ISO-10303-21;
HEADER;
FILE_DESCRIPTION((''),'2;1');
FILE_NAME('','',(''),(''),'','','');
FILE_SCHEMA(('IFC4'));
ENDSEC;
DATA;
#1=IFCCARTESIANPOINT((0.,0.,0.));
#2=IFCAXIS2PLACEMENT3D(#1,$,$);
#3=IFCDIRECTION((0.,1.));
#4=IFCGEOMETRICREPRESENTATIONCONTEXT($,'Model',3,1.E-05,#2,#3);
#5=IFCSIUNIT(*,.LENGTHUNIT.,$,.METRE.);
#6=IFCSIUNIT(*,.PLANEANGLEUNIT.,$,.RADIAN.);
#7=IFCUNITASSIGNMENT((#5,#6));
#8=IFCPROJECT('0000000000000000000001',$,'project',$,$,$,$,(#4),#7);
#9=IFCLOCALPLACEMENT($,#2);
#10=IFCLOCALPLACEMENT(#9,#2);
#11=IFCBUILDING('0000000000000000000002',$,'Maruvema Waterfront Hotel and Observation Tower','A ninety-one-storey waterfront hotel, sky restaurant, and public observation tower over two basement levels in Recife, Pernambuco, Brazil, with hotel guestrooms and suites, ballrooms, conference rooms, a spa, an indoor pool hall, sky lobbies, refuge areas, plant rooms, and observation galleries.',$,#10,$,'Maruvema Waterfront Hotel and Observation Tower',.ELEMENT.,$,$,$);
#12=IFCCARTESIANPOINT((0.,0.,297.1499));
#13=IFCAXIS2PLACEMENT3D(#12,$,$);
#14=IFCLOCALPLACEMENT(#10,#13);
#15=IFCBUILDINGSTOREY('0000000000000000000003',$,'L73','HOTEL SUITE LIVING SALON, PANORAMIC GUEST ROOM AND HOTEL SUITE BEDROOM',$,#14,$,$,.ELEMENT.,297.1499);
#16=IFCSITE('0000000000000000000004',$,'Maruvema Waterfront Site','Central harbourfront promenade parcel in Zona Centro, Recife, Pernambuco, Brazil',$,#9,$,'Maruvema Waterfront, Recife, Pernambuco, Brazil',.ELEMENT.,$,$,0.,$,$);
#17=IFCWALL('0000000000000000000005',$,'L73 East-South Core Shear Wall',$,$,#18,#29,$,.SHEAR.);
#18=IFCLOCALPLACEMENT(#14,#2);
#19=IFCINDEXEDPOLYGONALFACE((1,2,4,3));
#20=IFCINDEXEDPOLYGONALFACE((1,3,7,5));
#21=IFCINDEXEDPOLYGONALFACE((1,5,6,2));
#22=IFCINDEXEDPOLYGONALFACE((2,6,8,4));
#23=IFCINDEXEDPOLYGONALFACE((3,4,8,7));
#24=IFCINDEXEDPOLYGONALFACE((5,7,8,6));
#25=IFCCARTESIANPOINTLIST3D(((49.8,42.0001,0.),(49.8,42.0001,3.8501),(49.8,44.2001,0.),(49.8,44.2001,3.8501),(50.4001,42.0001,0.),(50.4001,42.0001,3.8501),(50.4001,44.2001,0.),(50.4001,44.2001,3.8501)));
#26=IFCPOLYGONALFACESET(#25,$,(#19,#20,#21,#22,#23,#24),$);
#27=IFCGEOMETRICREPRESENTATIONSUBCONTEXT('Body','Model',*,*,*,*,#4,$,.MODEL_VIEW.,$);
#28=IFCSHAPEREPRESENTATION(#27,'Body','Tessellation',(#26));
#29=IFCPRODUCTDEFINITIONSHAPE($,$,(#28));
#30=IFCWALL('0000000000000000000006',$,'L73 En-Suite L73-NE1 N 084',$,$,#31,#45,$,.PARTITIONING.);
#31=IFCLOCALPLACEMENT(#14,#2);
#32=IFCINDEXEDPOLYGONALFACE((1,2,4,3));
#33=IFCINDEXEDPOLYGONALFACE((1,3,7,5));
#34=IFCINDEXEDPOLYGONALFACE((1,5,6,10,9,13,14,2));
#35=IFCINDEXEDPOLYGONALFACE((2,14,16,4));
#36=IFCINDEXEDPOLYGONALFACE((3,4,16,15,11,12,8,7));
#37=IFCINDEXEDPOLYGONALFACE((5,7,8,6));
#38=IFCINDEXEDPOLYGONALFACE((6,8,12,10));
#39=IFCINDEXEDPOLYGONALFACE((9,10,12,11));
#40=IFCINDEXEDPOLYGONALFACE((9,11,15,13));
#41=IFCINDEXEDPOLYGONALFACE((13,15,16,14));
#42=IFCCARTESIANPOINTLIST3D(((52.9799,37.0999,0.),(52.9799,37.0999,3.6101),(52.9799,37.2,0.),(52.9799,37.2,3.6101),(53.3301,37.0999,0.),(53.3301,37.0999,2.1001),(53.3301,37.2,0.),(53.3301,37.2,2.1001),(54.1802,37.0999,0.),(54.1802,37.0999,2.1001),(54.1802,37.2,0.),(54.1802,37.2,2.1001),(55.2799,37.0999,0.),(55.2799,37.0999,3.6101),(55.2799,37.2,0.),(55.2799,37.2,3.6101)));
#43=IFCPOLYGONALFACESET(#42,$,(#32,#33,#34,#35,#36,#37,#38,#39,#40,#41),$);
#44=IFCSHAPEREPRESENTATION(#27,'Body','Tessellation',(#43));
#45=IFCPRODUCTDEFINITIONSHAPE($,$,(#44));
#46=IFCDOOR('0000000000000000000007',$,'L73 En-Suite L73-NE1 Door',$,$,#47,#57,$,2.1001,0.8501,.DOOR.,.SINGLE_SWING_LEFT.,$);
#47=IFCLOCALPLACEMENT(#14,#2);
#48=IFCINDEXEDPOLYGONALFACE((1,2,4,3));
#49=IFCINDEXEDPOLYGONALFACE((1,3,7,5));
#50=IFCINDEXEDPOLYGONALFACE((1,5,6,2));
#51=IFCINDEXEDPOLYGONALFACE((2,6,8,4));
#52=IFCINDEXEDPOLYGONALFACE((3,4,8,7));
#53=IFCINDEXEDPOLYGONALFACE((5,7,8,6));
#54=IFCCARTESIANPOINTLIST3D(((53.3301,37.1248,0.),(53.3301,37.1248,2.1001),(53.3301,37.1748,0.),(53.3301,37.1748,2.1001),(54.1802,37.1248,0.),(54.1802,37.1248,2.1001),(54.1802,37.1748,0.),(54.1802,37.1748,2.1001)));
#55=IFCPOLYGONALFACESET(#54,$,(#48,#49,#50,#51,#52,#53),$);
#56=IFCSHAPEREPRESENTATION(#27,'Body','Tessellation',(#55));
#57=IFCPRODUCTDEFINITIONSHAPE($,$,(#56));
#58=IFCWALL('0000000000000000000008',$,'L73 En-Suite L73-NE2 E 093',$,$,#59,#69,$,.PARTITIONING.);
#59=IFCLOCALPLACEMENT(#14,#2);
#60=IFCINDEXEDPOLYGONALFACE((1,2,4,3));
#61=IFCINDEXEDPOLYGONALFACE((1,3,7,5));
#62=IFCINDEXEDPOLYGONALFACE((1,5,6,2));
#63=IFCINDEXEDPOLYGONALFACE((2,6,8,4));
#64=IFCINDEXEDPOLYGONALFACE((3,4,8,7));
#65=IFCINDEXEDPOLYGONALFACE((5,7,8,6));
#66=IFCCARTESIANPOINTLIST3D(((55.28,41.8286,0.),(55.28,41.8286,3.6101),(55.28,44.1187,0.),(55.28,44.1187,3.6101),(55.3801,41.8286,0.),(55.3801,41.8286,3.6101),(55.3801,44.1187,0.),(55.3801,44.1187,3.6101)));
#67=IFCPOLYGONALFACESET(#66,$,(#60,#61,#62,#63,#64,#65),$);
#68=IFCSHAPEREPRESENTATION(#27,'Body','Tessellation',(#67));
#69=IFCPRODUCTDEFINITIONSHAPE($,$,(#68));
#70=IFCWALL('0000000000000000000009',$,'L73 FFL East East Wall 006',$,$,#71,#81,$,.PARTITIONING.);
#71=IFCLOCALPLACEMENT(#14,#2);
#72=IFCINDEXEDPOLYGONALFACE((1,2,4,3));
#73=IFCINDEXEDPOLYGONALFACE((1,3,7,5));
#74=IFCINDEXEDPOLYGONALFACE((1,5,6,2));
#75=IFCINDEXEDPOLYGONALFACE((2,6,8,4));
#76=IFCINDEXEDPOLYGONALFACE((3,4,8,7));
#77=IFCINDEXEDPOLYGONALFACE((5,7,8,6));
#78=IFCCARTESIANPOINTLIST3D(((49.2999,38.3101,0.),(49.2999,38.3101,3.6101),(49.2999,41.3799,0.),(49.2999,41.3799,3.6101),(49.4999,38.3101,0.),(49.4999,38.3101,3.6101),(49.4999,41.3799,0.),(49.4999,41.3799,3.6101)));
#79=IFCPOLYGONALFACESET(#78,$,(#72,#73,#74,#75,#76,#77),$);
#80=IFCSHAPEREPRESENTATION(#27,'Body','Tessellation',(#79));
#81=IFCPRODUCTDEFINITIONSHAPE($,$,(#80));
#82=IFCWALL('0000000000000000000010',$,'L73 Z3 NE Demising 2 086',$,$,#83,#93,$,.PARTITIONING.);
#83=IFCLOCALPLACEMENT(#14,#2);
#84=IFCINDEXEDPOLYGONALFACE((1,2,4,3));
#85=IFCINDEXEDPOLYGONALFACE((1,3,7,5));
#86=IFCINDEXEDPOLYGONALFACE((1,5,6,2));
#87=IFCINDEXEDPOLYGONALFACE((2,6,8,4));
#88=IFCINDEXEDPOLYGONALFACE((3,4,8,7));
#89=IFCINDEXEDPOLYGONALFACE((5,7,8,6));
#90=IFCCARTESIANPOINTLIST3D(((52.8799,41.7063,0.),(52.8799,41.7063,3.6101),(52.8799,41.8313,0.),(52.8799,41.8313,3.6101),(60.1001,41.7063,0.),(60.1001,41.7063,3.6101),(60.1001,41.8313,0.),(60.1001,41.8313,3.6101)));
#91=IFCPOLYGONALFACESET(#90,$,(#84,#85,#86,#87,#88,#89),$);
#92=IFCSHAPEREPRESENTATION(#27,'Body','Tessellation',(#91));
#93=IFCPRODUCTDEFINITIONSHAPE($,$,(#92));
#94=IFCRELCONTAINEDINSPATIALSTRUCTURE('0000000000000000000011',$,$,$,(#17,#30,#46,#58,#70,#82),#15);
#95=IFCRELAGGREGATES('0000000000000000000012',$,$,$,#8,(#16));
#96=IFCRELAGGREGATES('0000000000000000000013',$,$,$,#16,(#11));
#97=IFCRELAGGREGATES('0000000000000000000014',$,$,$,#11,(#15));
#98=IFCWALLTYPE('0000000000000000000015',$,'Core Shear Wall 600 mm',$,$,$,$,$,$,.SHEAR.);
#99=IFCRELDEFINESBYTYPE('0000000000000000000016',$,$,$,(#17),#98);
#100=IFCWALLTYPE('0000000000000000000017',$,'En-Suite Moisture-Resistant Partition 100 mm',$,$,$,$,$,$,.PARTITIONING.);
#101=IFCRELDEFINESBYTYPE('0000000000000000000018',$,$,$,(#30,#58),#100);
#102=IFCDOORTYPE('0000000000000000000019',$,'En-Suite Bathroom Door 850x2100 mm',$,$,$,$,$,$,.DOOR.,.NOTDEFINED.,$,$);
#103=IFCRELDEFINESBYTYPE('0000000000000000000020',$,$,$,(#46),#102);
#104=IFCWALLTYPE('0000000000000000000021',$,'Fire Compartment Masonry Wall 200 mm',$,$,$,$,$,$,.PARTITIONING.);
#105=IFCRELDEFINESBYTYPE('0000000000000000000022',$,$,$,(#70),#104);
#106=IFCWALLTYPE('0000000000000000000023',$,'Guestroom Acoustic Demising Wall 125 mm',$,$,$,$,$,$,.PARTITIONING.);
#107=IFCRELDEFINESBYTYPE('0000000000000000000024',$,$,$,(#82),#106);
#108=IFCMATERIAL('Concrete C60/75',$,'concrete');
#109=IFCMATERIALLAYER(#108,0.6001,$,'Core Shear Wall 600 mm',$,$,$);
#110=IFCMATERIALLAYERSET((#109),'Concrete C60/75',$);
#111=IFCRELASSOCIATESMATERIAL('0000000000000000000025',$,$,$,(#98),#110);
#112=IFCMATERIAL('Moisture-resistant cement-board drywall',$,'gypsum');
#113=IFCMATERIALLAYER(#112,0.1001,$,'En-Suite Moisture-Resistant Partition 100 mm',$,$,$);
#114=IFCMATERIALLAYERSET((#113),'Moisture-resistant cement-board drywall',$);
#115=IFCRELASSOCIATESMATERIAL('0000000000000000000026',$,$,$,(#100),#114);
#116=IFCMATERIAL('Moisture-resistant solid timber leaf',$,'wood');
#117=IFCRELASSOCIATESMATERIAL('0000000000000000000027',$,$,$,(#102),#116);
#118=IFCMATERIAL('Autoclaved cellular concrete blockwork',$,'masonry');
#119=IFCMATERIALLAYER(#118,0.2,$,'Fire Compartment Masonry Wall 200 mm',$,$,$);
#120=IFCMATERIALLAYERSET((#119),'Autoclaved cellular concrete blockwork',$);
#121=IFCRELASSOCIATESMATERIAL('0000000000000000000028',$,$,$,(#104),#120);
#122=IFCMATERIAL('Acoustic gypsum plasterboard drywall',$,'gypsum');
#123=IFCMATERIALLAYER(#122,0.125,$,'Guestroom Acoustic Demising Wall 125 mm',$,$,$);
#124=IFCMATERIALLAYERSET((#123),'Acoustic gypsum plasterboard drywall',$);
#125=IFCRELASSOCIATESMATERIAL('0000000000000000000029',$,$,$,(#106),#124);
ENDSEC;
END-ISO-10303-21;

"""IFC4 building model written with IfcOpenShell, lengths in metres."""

from ifc_helpers import new_model, si_unit, direction, frame, frame_2d, origin, place, context, subcontext, project, spatial, rectangle, extrude, material, layer, layer_set, type_object, element, fill, save


model = new_model("IFC4")

# Units and contexts
model_context = context("Model", 3, precision=1e-05, world=origin(), true_north=direction((0.0, 1.0)))
body_context = subcontext(model_context, "Body", "Model", "MODEL_VIEW")
ifc_project = project(units=[si_unit("LENGTHUNIT", "METRE"), si_unit("PLANEANGLEUNIT", "RADIAN")], contexts=[model_context])

# Site, building, storey
site_placement = place(None, origin())
site = spatial("IfcSite", under=ifc_project, at=site_placement, Name="Maruvema Waterfront Site", Description="Central harbourfront promenade parcel in Zona Centro, Recife, Pernambuco, Brazil", LongName="Maruvema Waterfront, Recife, Pernambuco, Brazil", CompositionType="ELEMENT", RefElevation=0.0)
building_placement = place(site_placement, origin())
building = spatial("IfcBuilding", under=site, at=building_placement, Name="Maruvema Waterfront Hotel and Observation Tower", Description="A ninety-one-storey waterfront hotel, sky restaurant, and public observation tower over two basement levels in Recife, Pernambuco, Brazil, with hotel guestrooms and suites, ballrooms, conference rooms, a spa, an indoor pool hall, sky lobbies, refuge areas, plant rooms, and observation galleries.", LongName="Maruvema Waterfront Hotel and Observation Tower", CompositionType="ELEMENT")
storey_placement = place(building_placement, frame((0.0, 0.0, 297.1499)))
storey = spatial("IfcBuildingStorey", under=building, at=storey_placement, Name="L73", Description="HOTEL SUITE LIVING SALON, PANORAMIC GUEST ROOM AND HOTEL SUITE BEDROOM", CompositionType="ELEMENT", Elevation=297.1499)

# Wall
ifc_material_1 = material(Name="Concrete C60/75", Category="concrete")
ifc_layer_1 = layer(ifc_material_1, 0.6001, Name="Core Shear Wall 600 mm")
ifc_layer_set_1 = layer_set([ifc_layer_1], Name="Concrete C60/75")
wall_type_1 = type_object("IfcWallType", Name="Core Shear Wall 600 mm", PredefinedType="SHEAR", material=ifc_layer_set_1)
wall_1_placement = place(storey_placement, frame((50.1001, 42.0, 0.0), z_axis=(0.0, 0.0, 1.0), x_axis=(0.0, 1.0, 0.0)))
element("IfcWall", 1, at=wall_1_placement, inside=storey, type_object=wall_type_1, Name="L73 East-South Core Shear Wall", PredefinedType="SHEAR", context=body_context, shape_type="SweptSolid", body=[
    extrude(rectangle(XDim=2.2, YDim=0.6001, at=frame_2d((1.1001, 0.0))), origin(), (0.0, 0.0, 1.0), 3.8501),
])

# Wall, opening, door
ifc_material_2 = material(Name="Moisture-resistant cement-board drywall", Category="gypsum")
ifc_layer_2 = layer(ifc_material_2, 0.1001, Name="En-Suite Moisture-Resistant Partition 100 mm")
ifc_layer_set_2 = layer_set([ifc_layer_2], Name="Moisture-resistant cement-board drywall")
wall_type_2 = type_object("IfcWallType", Name="En-Suite Moisture-Resistant Partition 100 mm", PredefinedType="PARTITIONING", material=ifc_layer_set_2)
wall_2_placement = place(storey_placement, frame((52.98, 37.1499, 0.0), z_axis=(0.0, 0.0, 1.0), x_axis=(1.0, 0.0, 0.0)))
wall_2 = element("IfcWall", 2, at=wall_2_placement, inside=storey, type_object=wall_type_2, Name="L73 En-Suite L73-NE1 N 084", PredefinedType="PARTITIONING", context=body_context, shape_type="SweptSolid", body=[
    extrude(rectangle(XDim=2.3, YDim=0.1001, at=frame_2d((1.1499, 0.0))), origin(), (0.0, 0.0, 1.0), 3.6101),
])
opening_1_placement = place(wall_2_placement, frame((0.3501, 0.0, 0.0)))
opening_1 = element("IfcOpeningElement", 3, at=opening_1_placement, cuts=wall_2, PredefinedType="OPENING", context=body_context, shape_type="SweptSolid", body=[
    extrude(rectangle(XDim=0.8501, YDim=2.1001, at=frame_2d((0.425, 1.05))), frame((0.0, 0.0601, 0.0), z_axis=(0.0, -1.0, 0.0), x_axis=(1.0, 0.0, 0.0)), (0.0, 0.0, 1.0), 0.1201),
])
ifc_material_3 = material(Name="Moisture-resistant solid timber leaf", Category="wood")
door_type_1 = type_object("IfcDoorType", Name="En-Suite Bathroom Door 850x2100 mm", OperationType="NOTDEFINED", PredefinedType="DOOR", material=ifc_material_3)
door_1_placement = place(opening_1_placement, origin())
door_1 = element("IfcDoor", 4, at=door_1_placement, inside=storey, type_object=door_type_1, Name="L73 En-Suite L73-NE1 Door", OperationType="SINGLE_SWING_LEFT", OverallHeight=2.1001, OverallWidth=0.8501, PredefinedType="DOOR", context=body_context, shape_type="SweptSolid", body=[
    extrude(rectangle(XDim=0.8501, YDim=2.1001, at=frame_2d((0.425, 1.05))), frame((0.0, 0.0249, 0.0), z_axis=(0.0, -1.0, 0.0), x_axis=(1.0, 0.0, 0.0)), (0.0, 0.0, 1.0), 0.05),
])
fill(opening_1, door_1)

# Walls
wall_3_placement = place(storey_placement, frame((55.3301, 41.8286, 0.0), z_axis=(0.0, 0.0, 1.0), x_axis=(0.0, 1.0, 0.0)))
element("IfcWall", 5, at=wall_3_placement, inside=storey, type_object=wall_type_2, Name="L73 En-Suite L73-NE2 E 093", PredefinedType="PARTITIONING", context=body_context, shape_type="SweptSolid", body=[
    extrude(rectangle(XDim=2.29, YDim=0.1001, at=frame_2d((1.145, 0.0))), origin(), (0.0, 0.0, 1.0), 3.6101),
])
ifc_material_4 = material(Name="Autoclaved cellular concrete blockwork", Category="masonry")
ifc_layer_3 = layer(ifc_material_4, 0.2, Name="Fire Compartment Masonry Wall 200 mm")
ifc_layer_set_3 = layer_set([ifc_layer_3], Name="Autoclaved cellular concrete blockwork")
wall_type_3 = type_object("IfcWallType", Name="Fire Compartment Masonry Wall 200 mm", PredefinedType="PARTITIONING", material=ifc_layer_set_3)
wall_4_placement = place(storey_placement, frame((49.3999, 38.3101, 0.0), z_axis=(0.0, 0.0, 1.0), x_axis=(0.0, 1.0, 0.0)))
element("IfcWall", 6, at=wall_4_placement, inside=storey, type_object=wall_type_3, Name="L73 FFL East East Wall 006", PredefinedType="PARTITIONING", context=body_context, shape_type="SweptSolid", body=[
    extrude(rectangle(XDim=3.0698, YDim=0.2, at=frame_2d((1.5349, 0.0))), origin(), (0.0, 0.0, 1.0), 3.6101),
])
ifc_material_5 = material(Name="Acoustic gypsum plasterboard drywall", Category="gypsum")
ifc_layer_4 = layer(ifc_material_5, 0.125, Name="Guestroom Acoustic Demising Wall 125 mm")
ifc_layer_set_4 = layer_set([ifc_layer_4], Name="Acoustic gypsum plasterboard drywall")
wall_type_4 = type_object("IfcWallType", Name="Guestroom Acoustic Demising Wall 125 mm", PredefinedType="PARTITIONING", material=ifc_layer_set_4)
wall_5_placement = place(storey_placement, frame((52.8799, 41.7688, 0.0), z_axis=(0.0, 0.0, 1.0), x_axis=(1.0, 0.0, 0.0)))
element("IfcWall", 7, at=wall_5_placement, inside=storey, type_object=wall_type_4, Name="L73 Z3 NE Demising 2 086", PredefinedType="PARTITIONING", context=body_context, shape_type="SweptSolid", body=[
    extrude(rectangle(XDim=7.2202, YDim=0.125, at=frame_2d((3.6101, 0.0))), origin(), (0.0, 0.0, 1.0), 3.6101),
])

save(model, "model.ifc")
